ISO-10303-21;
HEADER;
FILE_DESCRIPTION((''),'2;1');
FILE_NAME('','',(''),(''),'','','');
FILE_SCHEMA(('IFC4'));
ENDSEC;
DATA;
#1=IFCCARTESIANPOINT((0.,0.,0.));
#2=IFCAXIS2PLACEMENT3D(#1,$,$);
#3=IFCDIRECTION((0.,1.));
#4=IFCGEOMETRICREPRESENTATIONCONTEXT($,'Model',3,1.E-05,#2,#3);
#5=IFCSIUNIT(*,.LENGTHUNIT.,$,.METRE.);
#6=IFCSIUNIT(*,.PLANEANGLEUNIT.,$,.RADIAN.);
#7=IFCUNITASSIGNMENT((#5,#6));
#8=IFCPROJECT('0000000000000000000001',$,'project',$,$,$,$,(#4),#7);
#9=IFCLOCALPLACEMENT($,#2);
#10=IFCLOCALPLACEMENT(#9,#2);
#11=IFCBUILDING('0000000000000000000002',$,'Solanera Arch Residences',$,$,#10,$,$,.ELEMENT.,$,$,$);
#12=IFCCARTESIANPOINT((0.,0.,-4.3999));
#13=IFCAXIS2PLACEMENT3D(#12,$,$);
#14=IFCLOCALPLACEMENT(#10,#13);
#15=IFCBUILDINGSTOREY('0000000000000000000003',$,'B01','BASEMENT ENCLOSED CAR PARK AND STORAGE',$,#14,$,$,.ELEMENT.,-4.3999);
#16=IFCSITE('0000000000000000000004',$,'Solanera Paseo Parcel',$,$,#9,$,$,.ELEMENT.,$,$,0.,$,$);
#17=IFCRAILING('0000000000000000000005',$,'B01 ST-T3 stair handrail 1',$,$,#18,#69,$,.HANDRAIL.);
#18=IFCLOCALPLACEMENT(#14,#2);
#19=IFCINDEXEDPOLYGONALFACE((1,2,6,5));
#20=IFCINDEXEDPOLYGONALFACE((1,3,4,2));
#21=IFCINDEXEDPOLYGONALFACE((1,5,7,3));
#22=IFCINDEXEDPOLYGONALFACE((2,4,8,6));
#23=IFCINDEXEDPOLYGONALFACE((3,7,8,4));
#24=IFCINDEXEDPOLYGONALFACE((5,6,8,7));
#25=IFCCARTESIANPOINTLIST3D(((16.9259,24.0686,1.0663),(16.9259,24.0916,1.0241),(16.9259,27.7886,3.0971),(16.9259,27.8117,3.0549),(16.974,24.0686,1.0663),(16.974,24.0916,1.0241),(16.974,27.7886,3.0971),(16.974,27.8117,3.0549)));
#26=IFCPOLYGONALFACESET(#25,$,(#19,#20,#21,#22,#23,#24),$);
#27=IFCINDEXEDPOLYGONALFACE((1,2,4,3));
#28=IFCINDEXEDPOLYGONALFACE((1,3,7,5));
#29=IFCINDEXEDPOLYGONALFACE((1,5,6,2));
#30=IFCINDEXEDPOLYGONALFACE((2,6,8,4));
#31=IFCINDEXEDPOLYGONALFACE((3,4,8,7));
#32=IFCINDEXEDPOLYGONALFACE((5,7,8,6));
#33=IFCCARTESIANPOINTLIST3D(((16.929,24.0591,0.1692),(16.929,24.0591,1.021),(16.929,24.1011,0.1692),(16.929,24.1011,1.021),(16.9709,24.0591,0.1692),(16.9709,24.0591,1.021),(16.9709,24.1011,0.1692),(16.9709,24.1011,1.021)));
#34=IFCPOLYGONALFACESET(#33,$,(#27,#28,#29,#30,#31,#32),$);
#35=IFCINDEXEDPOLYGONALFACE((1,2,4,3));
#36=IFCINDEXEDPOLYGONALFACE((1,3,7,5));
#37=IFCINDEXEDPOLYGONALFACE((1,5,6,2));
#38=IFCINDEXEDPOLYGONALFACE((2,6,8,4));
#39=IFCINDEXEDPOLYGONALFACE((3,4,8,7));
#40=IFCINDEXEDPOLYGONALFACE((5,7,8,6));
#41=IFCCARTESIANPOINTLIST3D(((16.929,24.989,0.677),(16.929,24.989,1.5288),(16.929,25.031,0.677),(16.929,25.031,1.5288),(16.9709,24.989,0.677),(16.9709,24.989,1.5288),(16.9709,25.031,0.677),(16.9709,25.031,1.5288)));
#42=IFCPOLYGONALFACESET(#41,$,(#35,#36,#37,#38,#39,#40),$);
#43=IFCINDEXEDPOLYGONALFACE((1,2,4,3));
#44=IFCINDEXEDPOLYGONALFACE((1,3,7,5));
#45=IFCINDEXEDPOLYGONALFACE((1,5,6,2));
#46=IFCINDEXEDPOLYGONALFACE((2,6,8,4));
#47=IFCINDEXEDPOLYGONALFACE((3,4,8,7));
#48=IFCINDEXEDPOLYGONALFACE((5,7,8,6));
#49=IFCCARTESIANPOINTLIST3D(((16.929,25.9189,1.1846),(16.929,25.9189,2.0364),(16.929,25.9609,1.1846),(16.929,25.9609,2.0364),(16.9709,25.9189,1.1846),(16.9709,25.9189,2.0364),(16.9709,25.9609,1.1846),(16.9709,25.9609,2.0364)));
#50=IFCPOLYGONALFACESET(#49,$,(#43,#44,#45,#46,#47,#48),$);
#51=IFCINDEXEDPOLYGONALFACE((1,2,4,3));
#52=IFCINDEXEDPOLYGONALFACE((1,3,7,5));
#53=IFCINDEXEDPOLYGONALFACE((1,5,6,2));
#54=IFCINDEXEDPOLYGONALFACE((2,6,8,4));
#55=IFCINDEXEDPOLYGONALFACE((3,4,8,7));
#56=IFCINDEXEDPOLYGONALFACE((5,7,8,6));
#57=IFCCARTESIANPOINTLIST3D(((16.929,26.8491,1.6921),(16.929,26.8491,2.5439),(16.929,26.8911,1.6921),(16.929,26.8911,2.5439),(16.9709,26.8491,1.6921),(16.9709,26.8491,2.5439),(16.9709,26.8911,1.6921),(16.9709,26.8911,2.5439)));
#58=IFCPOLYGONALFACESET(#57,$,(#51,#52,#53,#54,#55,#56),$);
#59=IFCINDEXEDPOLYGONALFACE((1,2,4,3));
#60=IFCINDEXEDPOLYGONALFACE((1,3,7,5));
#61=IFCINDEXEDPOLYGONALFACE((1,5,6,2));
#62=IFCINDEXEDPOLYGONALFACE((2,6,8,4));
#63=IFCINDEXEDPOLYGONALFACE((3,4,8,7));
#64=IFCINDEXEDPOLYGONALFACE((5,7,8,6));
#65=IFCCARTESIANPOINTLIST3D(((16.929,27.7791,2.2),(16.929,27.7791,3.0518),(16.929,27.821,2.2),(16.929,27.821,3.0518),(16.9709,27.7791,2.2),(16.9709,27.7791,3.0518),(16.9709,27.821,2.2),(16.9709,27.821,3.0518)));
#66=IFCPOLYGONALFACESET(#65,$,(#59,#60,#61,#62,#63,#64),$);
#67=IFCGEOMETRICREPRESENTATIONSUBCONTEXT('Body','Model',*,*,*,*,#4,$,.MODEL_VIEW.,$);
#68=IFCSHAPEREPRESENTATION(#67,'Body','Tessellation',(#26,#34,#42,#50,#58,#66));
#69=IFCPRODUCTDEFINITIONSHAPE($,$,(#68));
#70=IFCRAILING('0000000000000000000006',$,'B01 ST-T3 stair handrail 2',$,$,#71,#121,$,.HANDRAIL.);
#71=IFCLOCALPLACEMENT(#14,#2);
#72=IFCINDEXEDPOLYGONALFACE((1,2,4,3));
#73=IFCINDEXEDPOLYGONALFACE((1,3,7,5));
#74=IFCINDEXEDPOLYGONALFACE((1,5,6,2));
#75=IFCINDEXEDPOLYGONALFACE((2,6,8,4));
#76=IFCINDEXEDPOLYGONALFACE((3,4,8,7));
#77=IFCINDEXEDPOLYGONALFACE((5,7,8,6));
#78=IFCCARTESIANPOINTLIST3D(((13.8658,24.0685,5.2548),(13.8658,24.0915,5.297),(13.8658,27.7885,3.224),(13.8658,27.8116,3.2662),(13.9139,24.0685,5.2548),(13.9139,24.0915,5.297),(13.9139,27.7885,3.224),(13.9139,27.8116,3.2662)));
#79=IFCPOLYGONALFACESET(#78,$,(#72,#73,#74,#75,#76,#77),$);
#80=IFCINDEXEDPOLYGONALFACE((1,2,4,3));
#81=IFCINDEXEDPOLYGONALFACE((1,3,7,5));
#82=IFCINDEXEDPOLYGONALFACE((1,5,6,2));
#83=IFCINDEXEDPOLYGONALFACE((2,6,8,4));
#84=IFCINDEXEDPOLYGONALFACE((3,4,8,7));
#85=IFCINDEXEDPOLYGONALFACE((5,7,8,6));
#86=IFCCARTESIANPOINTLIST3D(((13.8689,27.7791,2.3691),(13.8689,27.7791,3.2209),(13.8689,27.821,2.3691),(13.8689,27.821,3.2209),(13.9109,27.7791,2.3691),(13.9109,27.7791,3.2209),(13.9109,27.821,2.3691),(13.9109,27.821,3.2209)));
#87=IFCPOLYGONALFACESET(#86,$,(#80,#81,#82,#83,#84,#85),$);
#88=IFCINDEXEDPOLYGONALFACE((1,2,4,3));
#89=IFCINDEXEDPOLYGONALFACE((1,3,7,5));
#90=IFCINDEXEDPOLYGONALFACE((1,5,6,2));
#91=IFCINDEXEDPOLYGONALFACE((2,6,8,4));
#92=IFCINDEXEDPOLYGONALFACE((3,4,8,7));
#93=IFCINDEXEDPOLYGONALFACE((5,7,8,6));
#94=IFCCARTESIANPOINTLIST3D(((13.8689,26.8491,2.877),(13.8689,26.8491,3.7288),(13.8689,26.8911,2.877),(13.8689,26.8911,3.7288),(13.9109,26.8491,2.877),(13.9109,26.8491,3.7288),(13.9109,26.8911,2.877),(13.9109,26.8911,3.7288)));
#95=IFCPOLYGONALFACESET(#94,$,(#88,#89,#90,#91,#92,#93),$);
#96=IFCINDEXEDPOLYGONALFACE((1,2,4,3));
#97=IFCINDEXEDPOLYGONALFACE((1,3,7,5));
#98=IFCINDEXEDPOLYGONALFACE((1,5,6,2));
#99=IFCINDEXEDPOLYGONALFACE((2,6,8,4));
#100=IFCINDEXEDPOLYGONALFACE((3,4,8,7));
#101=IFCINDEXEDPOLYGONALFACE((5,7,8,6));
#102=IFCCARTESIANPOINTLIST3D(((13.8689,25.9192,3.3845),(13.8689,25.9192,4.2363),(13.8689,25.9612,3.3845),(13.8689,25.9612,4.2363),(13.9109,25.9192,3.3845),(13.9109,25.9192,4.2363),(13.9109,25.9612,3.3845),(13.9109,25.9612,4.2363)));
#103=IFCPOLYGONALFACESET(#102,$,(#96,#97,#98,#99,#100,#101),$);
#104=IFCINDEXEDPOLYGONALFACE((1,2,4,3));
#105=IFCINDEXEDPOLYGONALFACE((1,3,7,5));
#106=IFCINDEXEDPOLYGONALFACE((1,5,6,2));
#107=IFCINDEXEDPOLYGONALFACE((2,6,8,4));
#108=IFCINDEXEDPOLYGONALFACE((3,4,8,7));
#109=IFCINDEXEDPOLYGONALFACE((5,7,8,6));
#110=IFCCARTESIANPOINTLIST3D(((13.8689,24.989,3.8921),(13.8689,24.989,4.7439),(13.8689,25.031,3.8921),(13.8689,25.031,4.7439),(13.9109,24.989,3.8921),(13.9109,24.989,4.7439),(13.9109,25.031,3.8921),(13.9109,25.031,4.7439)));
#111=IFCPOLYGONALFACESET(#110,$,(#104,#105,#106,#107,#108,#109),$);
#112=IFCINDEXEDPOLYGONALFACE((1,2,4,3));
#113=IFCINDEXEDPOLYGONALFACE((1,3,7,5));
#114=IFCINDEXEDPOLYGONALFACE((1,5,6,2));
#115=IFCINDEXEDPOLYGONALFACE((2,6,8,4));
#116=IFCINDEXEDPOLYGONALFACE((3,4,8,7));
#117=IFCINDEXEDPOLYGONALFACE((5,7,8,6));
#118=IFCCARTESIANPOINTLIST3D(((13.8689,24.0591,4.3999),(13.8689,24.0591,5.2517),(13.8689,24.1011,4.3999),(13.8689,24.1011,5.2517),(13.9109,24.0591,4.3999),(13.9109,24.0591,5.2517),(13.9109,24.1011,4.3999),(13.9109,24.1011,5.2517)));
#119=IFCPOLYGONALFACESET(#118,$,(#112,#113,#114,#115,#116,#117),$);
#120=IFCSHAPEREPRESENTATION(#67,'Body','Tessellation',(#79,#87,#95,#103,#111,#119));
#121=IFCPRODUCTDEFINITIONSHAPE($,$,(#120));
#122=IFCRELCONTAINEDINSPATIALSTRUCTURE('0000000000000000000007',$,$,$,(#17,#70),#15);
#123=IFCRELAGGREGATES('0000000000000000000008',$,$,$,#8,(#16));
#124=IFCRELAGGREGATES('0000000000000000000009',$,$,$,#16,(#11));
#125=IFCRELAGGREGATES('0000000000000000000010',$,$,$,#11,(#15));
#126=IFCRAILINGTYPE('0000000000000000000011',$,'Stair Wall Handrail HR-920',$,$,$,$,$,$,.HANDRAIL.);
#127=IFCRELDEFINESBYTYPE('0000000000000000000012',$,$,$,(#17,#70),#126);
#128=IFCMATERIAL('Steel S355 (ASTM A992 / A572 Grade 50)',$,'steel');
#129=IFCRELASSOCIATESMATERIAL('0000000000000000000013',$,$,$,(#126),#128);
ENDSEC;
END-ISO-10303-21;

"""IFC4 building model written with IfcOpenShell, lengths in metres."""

from ifc_helpers import new_model, si_unit, direction, frame, origin, origin_2d, place, context, subcontext, project, spatial, rectangle, extrude, material, type_object, element, save


model = new_model("IFC4")

# Units and contexts
model_context = context("Model", 3, precision=1e-05, world=origin(), true_north=direction((0.0, 1.0)))
body_context = subcontext(model_context, "Body", "Model", "MODEL_VIEW")
ifc_project = project(units=[si_unit("LENGTHUNIT", "METRE"), si_unit("PLANEANGLEUNIT", "RADIAN")], contexts=[model_context])

# Site, building, storey
site_placement = place(None, origin())
site = spatial("IfcSite", under=ifc_project, at=site_placement, Name="Solanera Paseo Parcel", CompositionType="ELEMENT", RefElevation=0.0)
building_placement = place(site_placement, origin())
building = spatial("IfcBuilding", under=site, at=building_placement, Name="Solanera Arch Residences", CompositionType="ELEMENT")
storey_placement = place(building_placement, frame((0.0, 0.0, -4.3999)))
storey = spatial("IfcBuildingStorey", under=building, at=storey_placement, Name="B01", Description="BASEMENT ENCLOSED CAR PARK AND STORAGE", CompositionType="ELEMENT", Elevation=-4.3999)

# Railings
ifc_material_1 = material(Name="Steel S355 (ASTM A992 / A572 Grade 50)", Category="steel")
railing_type_1 = type_object("IfcRailingType", Name="Stair Wall Handrail HR-920", PredefinedType="HANDRAIL", material=ifc_material_1)
railing_1_placement = place(storey_placement, frame((16.95, 24.0801, 0.1692)))
element("IfcRailing", 1, at=railing_1_placement, inside=storey, type_object=railing_type_1, Name="B01 ST-T3 stair handrail 1", PredefinedType="HANDRAIL", context=body_context, shape_type="SweptSolid", body=[
    extrude(rectangle(XDim=0.0481, YDim=0.0481, at=origin_2d()), frame((0.0, 0.0, 0.876), z_axis=(0.0, 0.877728, 0.479159), x_axis=(-1.0, 0.0, 0.0)), (0.0, 0.0, 1.0), 4.2383),
    extrude(rectangle(XDim=0.042, YDim=0.042, at=origin_2d()), origin(), (0.0, 0.0, 1.0), 0.8518),
    extrude(rectangle(XDim=0.042, YDim=0.042, at=origin_2d()), frame((0.0, 0.9299, 0.5078)), (0.0, 0.0, 1.0), 0.8518),
    extrude(rectangle(XDim=0.042, YDim=0.042, at=origin_2d()), frame((0.0, 1.8599, 1.0154)), (0.0, 0.0, 1.0), 0.8518),
    extrude(rectangle(XDim=0.042, YDim=0.042, at=origin_2d()), frame((0.0, 2.79, 1.5229)), (0.0, 0.0, 1.0), 0.8518),
    extrude(rectangle(XDim=0.042, YDim=0.042, at=origin_2d()), frame((0.0, 3.72, 2.0308)), (0.0, 0.0, 1.0), 0.8518),
])
railing_2_placement = place(storey_placement, frame((13.8899, 27.8, 2.3691)))
element("IfcRailing", 2, at=railing_2_placement, inside=storey, type_object=railing_type_1, Name="B01 ST-T3 stair handrail 2", PredefinedType="HANDRAIL", context=body_context, shape_type="SweptSolid", body=[
    extrude(rectangle(XDim=0.0481, YDim=0.0481, at=origin_2d()), frame((0.0, 0.0, 0.876), z_axis=(0.0, -0.877728, 0.479159), x_axis=(1.0, 0.0, 0.0)), (0.0, 0.0, 1.0), 4.2383),
    extrude(rectangle(XDim=0.042, YDim=0.042, at=origin_2d()), origin(), (0.0, 0.0, 1.0), 0.8518),
    extrude(rectangle(XDim=0.042, YDim=0.042, at=origin_2d()), frame((0.0, -0.9299, 0.5078)), (0.0, 0.0, 1.0), 0.8518),
    extrude(rectangle(XDim=0.042, YDim=0.042, at=origin_2d()), frame((0.0, -1.8599, 1.0154)), (0.0, 0.0, 1.0), 0.8518),
    extrude(rectangle(XDim=0.042, YDim=0.042, at=origin_2d()), frame((0.0, -2.79, 1.5229)), (0.0, 0.0, 1.0), 0.8518),
    extrude(rectangle(XDim=0.042, YDim=0.042, at=origin_2d()), frame((0.0, -3.72, 2.0308)), (0.0, 0.0, 1.0), 0.8518),
])

save(model, "model.ifc")
